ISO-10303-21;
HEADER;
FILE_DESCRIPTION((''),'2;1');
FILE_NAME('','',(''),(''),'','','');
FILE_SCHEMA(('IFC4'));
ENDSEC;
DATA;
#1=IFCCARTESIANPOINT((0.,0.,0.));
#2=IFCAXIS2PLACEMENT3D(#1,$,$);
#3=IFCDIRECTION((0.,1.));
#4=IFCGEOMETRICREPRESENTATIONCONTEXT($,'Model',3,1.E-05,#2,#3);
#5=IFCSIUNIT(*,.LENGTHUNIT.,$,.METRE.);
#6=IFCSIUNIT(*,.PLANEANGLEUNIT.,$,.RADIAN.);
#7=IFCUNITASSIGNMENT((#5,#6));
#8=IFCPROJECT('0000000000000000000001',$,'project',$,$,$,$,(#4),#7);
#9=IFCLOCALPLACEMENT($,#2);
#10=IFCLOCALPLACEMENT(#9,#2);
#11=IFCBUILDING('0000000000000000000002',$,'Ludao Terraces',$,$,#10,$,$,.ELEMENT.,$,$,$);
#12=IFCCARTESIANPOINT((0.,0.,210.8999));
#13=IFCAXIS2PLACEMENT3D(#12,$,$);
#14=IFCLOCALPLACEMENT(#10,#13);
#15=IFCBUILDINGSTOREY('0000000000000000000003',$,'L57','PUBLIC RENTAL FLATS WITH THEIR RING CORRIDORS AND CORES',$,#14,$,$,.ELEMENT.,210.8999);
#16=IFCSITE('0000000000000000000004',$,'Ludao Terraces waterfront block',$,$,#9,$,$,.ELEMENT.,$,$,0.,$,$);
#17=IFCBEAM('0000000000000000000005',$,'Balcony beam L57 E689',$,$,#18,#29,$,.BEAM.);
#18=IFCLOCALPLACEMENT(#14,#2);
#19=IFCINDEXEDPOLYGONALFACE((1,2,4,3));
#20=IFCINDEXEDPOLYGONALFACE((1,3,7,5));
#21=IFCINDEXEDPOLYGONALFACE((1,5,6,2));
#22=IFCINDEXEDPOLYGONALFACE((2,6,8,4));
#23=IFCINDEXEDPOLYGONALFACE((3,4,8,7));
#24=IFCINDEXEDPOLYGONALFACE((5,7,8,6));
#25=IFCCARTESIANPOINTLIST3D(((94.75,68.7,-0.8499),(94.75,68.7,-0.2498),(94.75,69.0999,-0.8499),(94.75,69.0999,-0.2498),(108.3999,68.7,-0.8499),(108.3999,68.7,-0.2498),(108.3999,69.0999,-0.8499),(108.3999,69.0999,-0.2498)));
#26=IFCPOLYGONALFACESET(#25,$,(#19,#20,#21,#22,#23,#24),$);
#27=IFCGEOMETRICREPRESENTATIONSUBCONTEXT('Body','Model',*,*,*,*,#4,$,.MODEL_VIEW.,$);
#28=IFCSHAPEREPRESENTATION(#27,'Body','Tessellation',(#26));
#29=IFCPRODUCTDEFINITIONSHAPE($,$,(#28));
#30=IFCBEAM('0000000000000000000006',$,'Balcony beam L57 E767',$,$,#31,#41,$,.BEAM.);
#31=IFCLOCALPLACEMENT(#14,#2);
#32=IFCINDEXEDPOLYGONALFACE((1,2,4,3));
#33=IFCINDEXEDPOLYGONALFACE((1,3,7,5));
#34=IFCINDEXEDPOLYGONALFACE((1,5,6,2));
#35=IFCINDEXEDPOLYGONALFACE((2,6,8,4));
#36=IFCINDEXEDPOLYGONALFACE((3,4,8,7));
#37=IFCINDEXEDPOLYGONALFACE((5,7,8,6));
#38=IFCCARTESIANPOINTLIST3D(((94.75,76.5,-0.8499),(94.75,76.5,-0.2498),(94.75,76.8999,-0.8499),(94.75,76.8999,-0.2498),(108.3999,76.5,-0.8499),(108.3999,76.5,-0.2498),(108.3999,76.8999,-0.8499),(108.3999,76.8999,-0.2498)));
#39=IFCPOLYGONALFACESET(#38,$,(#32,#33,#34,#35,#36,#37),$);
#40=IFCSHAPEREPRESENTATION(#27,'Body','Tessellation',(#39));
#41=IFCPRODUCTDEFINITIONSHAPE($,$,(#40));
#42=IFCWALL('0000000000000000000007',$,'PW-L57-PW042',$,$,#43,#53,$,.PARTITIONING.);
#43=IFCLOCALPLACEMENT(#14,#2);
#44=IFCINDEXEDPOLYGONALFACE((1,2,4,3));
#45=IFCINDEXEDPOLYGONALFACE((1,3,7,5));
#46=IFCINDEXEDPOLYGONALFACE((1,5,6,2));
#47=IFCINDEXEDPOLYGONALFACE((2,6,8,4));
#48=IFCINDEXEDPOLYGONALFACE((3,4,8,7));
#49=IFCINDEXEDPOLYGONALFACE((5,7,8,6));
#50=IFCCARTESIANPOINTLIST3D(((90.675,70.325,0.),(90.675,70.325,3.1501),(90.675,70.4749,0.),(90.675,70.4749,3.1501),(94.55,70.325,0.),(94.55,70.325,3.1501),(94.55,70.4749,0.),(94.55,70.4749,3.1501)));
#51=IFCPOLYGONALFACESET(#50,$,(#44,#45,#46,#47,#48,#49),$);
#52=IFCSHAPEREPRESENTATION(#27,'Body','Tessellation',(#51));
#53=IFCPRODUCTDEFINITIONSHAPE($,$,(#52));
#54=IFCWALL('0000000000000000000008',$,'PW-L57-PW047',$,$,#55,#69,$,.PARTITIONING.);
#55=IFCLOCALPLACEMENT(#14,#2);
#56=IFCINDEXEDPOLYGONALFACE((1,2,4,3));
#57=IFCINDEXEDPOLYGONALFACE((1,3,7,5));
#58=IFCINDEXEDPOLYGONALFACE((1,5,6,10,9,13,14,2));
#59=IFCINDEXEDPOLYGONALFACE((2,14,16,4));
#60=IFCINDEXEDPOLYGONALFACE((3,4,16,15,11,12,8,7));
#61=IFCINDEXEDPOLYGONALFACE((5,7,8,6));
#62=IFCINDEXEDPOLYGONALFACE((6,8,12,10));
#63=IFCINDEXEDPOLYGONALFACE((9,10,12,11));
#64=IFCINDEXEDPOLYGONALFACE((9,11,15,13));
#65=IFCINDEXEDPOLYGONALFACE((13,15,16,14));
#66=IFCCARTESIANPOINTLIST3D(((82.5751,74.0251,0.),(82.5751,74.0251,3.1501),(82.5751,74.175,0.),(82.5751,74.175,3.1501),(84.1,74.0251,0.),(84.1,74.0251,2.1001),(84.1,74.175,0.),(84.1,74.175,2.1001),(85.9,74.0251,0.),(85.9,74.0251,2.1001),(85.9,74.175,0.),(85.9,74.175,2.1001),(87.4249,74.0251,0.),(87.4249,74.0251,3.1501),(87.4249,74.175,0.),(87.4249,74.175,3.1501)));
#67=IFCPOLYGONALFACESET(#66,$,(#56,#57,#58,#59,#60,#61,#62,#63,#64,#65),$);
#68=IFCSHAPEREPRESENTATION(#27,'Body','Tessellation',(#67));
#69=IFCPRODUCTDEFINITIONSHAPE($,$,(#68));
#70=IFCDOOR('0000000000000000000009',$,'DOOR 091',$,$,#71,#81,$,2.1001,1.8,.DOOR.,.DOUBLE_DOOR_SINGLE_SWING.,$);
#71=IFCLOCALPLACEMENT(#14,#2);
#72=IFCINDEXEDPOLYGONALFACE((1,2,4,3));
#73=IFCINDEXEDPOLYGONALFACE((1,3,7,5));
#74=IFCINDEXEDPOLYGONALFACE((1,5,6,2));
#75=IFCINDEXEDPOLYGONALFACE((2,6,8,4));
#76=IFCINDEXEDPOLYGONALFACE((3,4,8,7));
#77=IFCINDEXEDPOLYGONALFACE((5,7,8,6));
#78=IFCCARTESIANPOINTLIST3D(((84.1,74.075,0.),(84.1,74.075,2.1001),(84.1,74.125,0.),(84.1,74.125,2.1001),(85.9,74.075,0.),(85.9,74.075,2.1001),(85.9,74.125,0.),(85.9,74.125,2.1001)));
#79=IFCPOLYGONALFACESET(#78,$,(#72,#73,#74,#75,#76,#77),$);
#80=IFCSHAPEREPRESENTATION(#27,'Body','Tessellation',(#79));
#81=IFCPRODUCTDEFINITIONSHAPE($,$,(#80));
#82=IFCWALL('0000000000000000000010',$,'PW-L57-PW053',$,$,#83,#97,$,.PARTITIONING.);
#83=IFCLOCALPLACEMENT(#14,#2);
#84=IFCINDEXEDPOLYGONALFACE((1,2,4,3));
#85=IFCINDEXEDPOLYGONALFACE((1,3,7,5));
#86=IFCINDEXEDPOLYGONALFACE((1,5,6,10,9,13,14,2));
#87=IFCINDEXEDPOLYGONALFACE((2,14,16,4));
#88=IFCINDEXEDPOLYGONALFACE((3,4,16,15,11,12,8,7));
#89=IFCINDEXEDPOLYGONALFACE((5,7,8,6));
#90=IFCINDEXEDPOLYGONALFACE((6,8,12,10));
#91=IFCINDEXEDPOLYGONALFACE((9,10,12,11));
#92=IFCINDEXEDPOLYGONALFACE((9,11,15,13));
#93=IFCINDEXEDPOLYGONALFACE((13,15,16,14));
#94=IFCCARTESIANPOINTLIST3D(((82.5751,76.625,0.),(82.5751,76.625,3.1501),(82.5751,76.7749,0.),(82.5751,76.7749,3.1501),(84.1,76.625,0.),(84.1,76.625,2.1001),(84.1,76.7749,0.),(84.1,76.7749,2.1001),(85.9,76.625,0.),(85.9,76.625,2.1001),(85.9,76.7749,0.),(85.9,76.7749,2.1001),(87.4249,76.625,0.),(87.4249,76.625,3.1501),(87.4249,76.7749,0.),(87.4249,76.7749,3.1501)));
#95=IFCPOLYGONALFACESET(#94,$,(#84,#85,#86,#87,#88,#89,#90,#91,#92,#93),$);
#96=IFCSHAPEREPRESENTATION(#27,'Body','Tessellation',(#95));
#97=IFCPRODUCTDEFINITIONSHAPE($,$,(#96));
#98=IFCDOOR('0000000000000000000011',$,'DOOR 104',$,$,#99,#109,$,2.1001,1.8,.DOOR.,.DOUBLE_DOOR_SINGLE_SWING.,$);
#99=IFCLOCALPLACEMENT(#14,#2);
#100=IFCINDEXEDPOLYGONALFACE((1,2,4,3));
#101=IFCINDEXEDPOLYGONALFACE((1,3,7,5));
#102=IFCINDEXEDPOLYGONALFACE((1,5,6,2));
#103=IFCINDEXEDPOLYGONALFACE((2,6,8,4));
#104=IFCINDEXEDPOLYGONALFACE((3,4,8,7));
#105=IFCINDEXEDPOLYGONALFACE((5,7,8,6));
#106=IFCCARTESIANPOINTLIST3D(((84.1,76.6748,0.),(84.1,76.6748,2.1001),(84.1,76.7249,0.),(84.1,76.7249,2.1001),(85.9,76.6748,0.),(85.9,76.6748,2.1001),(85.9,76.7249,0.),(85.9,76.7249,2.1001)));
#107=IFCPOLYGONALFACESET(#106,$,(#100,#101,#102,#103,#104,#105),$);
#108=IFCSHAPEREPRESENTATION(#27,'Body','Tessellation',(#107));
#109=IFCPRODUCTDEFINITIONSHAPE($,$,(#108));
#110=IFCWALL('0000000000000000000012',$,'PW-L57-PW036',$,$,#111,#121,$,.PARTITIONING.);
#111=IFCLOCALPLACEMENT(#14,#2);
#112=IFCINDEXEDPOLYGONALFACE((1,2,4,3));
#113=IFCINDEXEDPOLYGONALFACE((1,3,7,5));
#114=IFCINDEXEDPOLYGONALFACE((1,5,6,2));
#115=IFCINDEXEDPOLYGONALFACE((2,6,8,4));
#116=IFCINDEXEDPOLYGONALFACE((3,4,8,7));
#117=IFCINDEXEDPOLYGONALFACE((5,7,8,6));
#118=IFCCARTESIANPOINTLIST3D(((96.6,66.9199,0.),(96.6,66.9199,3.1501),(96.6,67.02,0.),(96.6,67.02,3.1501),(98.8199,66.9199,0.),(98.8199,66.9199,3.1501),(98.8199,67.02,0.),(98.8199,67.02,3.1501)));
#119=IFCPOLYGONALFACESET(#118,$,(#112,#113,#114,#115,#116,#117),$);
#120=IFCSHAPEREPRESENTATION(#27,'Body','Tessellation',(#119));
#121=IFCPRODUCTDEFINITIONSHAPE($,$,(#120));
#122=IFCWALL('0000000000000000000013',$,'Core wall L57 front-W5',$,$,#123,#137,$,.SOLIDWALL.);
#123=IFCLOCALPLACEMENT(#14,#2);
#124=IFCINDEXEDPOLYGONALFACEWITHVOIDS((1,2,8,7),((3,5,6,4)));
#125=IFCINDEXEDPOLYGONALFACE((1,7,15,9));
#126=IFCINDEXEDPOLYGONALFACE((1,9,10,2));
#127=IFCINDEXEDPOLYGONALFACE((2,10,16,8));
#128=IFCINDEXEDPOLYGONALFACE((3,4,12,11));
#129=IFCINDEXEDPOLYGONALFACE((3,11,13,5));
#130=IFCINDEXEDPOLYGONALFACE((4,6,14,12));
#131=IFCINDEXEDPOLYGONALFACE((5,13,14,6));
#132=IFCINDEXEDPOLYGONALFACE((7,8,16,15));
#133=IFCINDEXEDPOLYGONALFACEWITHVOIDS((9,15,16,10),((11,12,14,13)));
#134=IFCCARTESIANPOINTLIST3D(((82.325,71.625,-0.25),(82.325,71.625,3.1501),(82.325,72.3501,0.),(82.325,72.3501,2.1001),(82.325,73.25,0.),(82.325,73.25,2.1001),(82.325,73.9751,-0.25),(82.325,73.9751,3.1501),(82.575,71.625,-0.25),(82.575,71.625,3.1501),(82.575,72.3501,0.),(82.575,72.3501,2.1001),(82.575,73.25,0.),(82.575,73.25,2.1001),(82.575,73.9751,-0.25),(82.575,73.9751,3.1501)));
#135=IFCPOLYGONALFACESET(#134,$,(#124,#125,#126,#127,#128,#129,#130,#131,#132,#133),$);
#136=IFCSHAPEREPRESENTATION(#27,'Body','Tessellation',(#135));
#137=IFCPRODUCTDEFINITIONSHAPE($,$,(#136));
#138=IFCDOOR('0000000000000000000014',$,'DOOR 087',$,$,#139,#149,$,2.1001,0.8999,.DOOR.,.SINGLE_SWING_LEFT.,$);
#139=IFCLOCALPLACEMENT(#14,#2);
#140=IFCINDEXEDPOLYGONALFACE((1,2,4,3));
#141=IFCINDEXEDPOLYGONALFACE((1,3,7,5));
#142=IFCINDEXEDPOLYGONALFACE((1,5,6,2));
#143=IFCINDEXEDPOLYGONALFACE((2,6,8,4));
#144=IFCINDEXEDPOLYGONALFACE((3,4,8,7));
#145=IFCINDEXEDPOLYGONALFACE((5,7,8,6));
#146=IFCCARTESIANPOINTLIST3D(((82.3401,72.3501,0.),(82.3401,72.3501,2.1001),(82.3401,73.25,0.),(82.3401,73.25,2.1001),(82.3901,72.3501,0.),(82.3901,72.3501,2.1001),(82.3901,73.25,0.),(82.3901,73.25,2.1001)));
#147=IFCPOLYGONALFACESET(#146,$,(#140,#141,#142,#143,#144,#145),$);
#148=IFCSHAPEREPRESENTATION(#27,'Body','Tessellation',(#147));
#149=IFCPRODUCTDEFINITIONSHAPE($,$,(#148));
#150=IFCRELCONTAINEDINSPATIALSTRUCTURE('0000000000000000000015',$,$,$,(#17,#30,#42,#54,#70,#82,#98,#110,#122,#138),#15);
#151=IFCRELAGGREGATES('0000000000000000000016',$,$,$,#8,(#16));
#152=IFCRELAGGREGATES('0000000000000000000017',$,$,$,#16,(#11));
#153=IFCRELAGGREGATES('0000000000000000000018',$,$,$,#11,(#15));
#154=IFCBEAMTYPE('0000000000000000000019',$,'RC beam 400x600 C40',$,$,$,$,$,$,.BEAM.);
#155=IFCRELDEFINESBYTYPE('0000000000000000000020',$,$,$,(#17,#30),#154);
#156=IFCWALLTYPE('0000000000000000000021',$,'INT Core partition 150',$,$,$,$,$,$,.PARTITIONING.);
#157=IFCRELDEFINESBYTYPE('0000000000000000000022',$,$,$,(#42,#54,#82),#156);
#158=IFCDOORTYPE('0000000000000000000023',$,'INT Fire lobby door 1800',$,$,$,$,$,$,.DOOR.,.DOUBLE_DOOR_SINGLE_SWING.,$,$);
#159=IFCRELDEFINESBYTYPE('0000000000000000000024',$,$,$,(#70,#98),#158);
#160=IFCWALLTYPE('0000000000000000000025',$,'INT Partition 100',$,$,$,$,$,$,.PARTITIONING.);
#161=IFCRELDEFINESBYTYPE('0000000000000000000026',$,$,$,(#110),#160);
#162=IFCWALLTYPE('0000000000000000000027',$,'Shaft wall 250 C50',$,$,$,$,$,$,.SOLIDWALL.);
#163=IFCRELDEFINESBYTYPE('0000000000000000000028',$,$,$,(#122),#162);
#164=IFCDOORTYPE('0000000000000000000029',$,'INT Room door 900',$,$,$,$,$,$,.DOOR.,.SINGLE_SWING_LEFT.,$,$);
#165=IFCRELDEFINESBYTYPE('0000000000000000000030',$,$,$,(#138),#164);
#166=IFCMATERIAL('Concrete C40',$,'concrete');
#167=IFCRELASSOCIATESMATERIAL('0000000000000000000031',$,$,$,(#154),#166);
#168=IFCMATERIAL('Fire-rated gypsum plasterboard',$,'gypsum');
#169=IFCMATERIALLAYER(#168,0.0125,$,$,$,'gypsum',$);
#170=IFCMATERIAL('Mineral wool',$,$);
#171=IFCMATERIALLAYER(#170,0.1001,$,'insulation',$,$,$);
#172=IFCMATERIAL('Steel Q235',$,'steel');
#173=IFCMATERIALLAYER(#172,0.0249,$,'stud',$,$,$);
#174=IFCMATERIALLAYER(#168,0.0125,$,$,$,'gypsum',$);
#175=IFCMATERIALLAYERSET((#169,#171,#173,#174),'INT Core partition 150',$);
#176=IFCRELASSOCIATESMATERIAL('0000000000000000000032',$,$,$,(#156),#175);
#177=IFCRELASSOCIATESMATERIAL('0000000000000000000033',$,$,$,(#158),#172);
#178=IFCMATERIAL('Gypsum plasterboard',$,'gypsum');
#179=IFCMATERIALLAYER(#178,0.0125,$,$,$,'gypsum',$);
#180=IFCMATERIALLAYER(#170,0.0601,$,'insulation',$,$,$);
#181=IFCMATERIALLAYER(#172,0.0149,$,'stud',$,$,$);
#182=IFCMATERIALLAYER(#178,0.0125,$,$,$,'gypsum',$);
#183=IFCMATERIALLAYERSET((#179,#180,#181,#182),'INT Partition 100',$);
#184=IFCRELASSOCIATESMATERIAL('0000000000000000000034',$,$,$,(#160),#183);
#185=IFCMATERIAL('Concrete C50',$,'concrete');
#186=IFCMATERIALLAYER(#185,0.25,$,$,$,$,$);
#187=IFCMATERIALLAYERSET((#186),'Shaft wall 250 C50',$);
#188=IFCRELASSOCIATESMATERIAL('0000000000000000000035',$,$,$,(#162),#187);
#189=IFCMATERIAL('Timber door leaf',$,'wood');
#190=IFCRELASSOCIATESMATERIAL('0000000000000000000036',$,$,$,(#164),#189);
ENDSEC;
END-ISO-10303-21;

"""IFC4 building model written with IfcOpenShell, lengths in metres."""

from ifc_helpers import new_model, si_unit, direction, frame, frame_2d, origin, origin_2d, place, context, subcontext, project, spatial, rectangle, extrude, material, layer, layer_set, material_profile, profile_set, type_object, element, fill, save


model = new_model("IFC4")

# Units and contexts
model_context = context("Model", 3, precision=1e-05, world=origin(), true_north=direction((0.0, 1.0)))
body_context = subcontext(model_context, "Body", "Model", "MODEL_VIEW")
ifc_project = project(units=[si_unit("LENGTHUNIT", "METRE"), si_unit("PLANEANGLEUNIT", "RADIAN")], contexts=[model_context])

# Site, building, storey
site_placement = place(None, origin())
site = spatial("IfcSite", under=ifc_project, at=site_placement, Name="Ludao Terraces waterfront block", CompositionType="ELEMENT", RefElevation=0.0)
building_placement = place(site_placement, origin())
building = spatial("IfcBuilding", under=site, at=building_placement, Name="Ludao Terraces", CompositionType="ELEMENT")
storey_placement = place(building_placement, frame((0.0, 0.0, 210.8999)))
storey = spatial("IfcBuildingStorey", under=building, at=storey_placement, Name="L57", Description="PUBLIC RENTAL FLATS WITH THEIR RING CORRIDORS AND CORES", CompositionType="ELEMENT", Elevation=210.8999)

# Beams
ifc_material_1 = material(Name="Concrete C40", Category="concrete")
ifc_material_profile = material_profile(ifc_material_1, rectangle(XDim=0.3999, YDim=0.6001, at=origin_2d()), Name="400 X 600")
ifc_profile_set = profile_set([ifc_material_profile], Name="Concrete C40")
beam_type = type_object("IfcBeamType", Name="RC beam 400x600 C40", PredefinedType="BEAM", material=ifc_profile_set)
for number, where, z_axis, x_axis, name in (
    (1, (94.75, 68.8999, -0.5498), (1.0, 0.0, 0.0), (0.0, 1.0, 0.0), "Balcony beam L57 E689"),
    (2, (94.75, 76.7, -0.5498), (1.0, 0.0, 0.0), (0.0, 1.0, 0.0), "Balcony beam L57 E767"),
):
    element("IfcBeam", number, at=place(storey_placement, frame(where, z_axis=z_axis, x_axis=x_axis)), inside=storey, type_object=beam_type, Name=name, PredefinedType="BEAM", context=body_context, shape_type="SweptSolid", body=[
        extrude(rectangle(XDim=0.3999, YDim=0.6001, at=origin_2d()), origin(), (0.0, 0.0, 1.0), 13.6499),
    ])

# Wall
ifc_material_2 = material(Name="Fire-rated gypsum plasterboard", Category="gypsum")
ifc_layer_1 = layer(ifc_material_2, 0.0125, Category="gypsum")
ifc_material_3 = material(Name="Mineral wool")
ifc_layer_2 = layer(ifc_material_3, 0.1001, Name="insulation")
ifc_material_4 = material(Name="Steel Q235", Category="steel")
ifc_layer_3 = layer(ifc_material_4, 0.0249, Name="stud")
ifc_layer_4 = layer(ifc_material_2, 0.0125, Category="gypsum")
ifc_layer_set_1 = layer_set([ifc_layer_1, ifc_layer_2, ifc_layer_3, ifc_layer_4], Name="INT Core partition 150")
wall_type_1 = type_object("IfcWallType", Name="INT Core partition 150", PredefinedType="PARTITIONING", material=ifc_layer_set_1)
wall_1_placement = place(storey_placement, frame((90.675, 70.3999, 0.0), z_axis=(0.0, 0.0, 1.0), x_axis=(1.0, 0.0, 0.0)))
element("IfcWall", 3, at=wall_1_placement, inside=storey, type_object=wall_type_1, Name="PW-L57-PW042", PredefinedType="PARTITIONING", context=body_context, shape_type="SweptSolid", body=[
    extrude(rectangle(XDim=3.875, YDim=0.1499, at=frame_2d((1.9375, 0.0))), origin(), (0.0, 0.0, 1.0), 3.1501),
])

# Walls, openings, doors
wall_2_placement = place(storey_placement, frame((82.5752, 74.1001, 0.0), z_axis=(0.0, 0.0, 1.0), x_axis=(1.0, 0.0, 0.0)))
wall_2 = element("IfcWall", 4, at=wall_2_placement, inside=storey, type_object=wall_type_1, Name="PW-L57-PW047", PredefinedType="PARTITIONING", context=body_context, shape_type="SweptSolid", body=[
    extrude(rectangle(XDim=4.8499, YDim=0.1499, at=frame_2d((2.4248, 0.0))), origin(), (0.0, 0.0, 1.0), 3.1501),
])
opening_1_placement = place(wall_2_placement, frame((1.5249, 0.0, 0.0)))
opening_1 = element("IfcOpeningElement", 5, at=opening_1_placement, cuts=wall_2, PredefinedType="OPENING", context=body_context, shape_type="SweptSolid", body=[
    extrude(rectangle(XDim=1.8, YDim=2.1001, at=frame_2d((0.8999, 1.05))), frame((0.0, 0.085, 0.0), z_axis=(0.0, -1.0, 0.0), x_axis=(1.0, 0.0, 0.0)), (0.0, 0.0, 1.0), 0.1699),
])
door_type_1 = type_object("IfcDoorType", Name="INT Fire lobby door 1800", OperationType="DOUBLE_DOOR_SINGLE_SWING", PredefinedType="DOOR", material=ifc_material_4)
door_1_placement = place(opening_1_placement, origin())
door_1 = element("IfcDoor", 6, at=door_1_placement, inside=storey, type_object=door_type_1, Name="DOOR 091", OperationType="DOUBLE_DOOR_SINGLE_SWING", OverallHeight=2.1001, OverallWidth=1.8, PredefinedType="DOOR", context=body_context, shape_type="SweptSolid", body=[
    extrude(rectangle(XDim=1.8, YDim=2.1001, at=frame_2d((0.8999, 1.05))), frame((0.0, 0.0249, 0.0), z_axis=(0.0, -1.0, 0.0), x_axis=(1.0, 0.0, 0.0)), (0.0, 0.0, 1.0), 0.05),
])
fill(opening_1, door_1)
wall_3_placement = place(storey_placement, frame((82.5752, 76.7, 0.0), z_axis=(0.0, 0.0, 1.0), x_axis=(1.0, 0.0, 0.0)))
wall_3 = element("IfcWall", 7, at=wall_3_placement, inside=storey, type_object=wall_type_1, Name="PW-L57-PW053", PredefinedType="PARTITIONING", context=body_context, shape_type="SweptSolid", body=[
    extrude(rectangle(XDim=4.8499, YDim=0.1499, at=frame_2d((2.4248, 0.0))), origin(), (0.0, 0.0, 1.0), 3.1501),
])
opening_2_placement = place(wall_3_placement, frame((1.5249, 0.0, 0.0)))
opening_2 = element("IfcOpeningElement", 8, at=opening_2_placement, cuts=wall_3, PredefinedType="OPENING", context=body_context, shape_type="SweptSolid", body=[
    extrude(rectangle(XDim=1.8, YDim=2.1001, at=frame_2d((0.8999, 1.05))), frame((0.0, 0.085, 0.0), z_axis=(0.0, -1.0, 0.0), x_axis=(1.0, 0.0, 0.0)), (0.0, 0.0, 1.0), 0.1699),
])
door_2_placement = place(opening_2_placement, origin())
door_2 = element("IfcDoor", 9, at=door_2_placement, inside=storey, type_object=door_type_1, Name="DOOR 104", OperationType="DOUBLE_DOOR_SINGLE_SWING", OverallHeight=2.1001, OverallWidth=1.8, PredefinedType="DOOR", context=body_context, shape_type="SweptSolid", body=[
    extrude(rectangle(XDim=1.8, YDim=2.1001, at=frame_2d((0.8999, 1.05))), frame((0.0, 0.0249, 0.0), z_axis=(0.0, -1.0, 0.0), x_axis=(1.0, 0.0, 0.0)), (0.0, 0.0, 1.0), 0.05),
])
fill(opening_2, door_2)

# Wall
ifc_material_5 = material(Name="Gypsum plasterboard", Category="gypsum")
ifc_layer_5 = layer(ifc_material_5, 0.0125, Category="gypsum")
ifc_layer_6 = layer(ifc_material_3, 0.0601, Name="insulation")
ifc_layer_7 = layer(ifc_material_4, 0.0149, Name="stud")
ifc_layer_8 = layer(ifc_material_5, 0.0125, Category="gypsum")
ifc_layer_set_2 = layer_set([ifc_layer_5, ifc_layer_6, ifc_layer_7, ifc_layer_8], Name="INT Partition 100")
wall_type_2 = type_object("IfcWallType", Name="INT Partition 100", PredefinedType="PARTITIONING", material=ifc_layer_set_2)
wall_4_placement = place(storey_placement, frame((96.6001, 66.97, 0.0), z_axis=(0.0, 0.0, 1.0), x_axis=(1.0, 0.0, 0.0)))
element("IfcWall", 10, at=wall_4_placement, inside=storey, type_object=wall_type_2, Name="PW-L57-PW036", PredefinedType="PARTITIONING", context=body_context, shape_type="SweptSolid", body=[
    extrude(rectangle(XDim=2.22, YDim=0.1001, at=frame_2d((1.1099, 0.0))), origin(), (0.0, 0.0, 1.0), 3.1501),
])

# Wall, opening, door
ifc_material_6 = material(Name="Concrete C50", Category="concrete")
ifc_layer_9 = layer(ifc_material_6, 0.25)
ifc_layer_set_3 = layer_set([ifc_layer_9], Name="Shaft wall 250 C50")
wall_type_3 = type_object("IfcWallType", Name="Shaft wall 250 C50", PredefinedType="SOLIDWALL", material=ifc_layer_set_3)
wall_5_placement = place(storey_placement, frame((82.45, 71.625, -0.25), z_axis=(0.0, 0.0, 1.0), x_axis=(0.0, 1.0, 0.0)))
wall_5 = element("IfcWall", 11, at=wall_5_placement, inside=storey, type_object=wall_type_3, Name="Core wall L57 front-W5", PredefinedType="SOLIDWALL", context=body_context, shape_type="SweptSolid", body=[
    extrude(rectangle(XDim=2.3501, YDim=0.25, at=frame_2d((1.175, 0.0))), origin(), (0.0, 0.0, 1.0), 3.4001),
])
opening_3_placement = place(wall_5_placement, frame((0.7251, 0.0, 0.25)))
opening_3 = element("IfcOpeningElement", 12, at=opening_3_placement, cuts=wall_5, PredefinedType="OPENING", context=body_context, shape_type="SweptSolid", body=[
    extrude(rectangle(XDim=0.8999, YDim=2.1001, at=frame_2d((0.45, 1.05))), frame((0.0, 0.135, 0.0), z_axis=(0.0, -1.0, 0.0), x_axis=(1.0, 0.0, 0.0)), (0.0, 0.0, 1.0), 0.27),
])
ifc_material_7 = material(Name="Timber door leaf", Category="wood")
door_type_2 = type_object("IfcDoorType", Name="INT Room door 900", OperationType="SINGLE_SWING_LEFT", PredefinedType="DOOR", material=ifc_material_7)
door_3_placement = place(opening_3_placement, origin())
door_3 = element("IfcDoor", 13, at=door_3_placement, inside=storey, type_object=door_type_2, Name="DOOR 087", OperationType="SINGLE_SWING_LEFT", OverallHeight=2.1001, OverallWidth=0.8999, PredefinedType="DOOR", context=body_context, shape_type="SweptSolid", body=[
    extrude(rectangle(XDim=0.8999, YDim=2.1001, at=frame_2d((0.45, 1.05))), frame((0.0, 0.1099, 0.0), z_axis=(0.0, -1.0, 0.0), x_axis=(1.0, 0.0, 0.0)), (0.0, 0.0, 1.0), 0.05),
])
fill(opening_3, door_3)

save(model, "model.ifc")
